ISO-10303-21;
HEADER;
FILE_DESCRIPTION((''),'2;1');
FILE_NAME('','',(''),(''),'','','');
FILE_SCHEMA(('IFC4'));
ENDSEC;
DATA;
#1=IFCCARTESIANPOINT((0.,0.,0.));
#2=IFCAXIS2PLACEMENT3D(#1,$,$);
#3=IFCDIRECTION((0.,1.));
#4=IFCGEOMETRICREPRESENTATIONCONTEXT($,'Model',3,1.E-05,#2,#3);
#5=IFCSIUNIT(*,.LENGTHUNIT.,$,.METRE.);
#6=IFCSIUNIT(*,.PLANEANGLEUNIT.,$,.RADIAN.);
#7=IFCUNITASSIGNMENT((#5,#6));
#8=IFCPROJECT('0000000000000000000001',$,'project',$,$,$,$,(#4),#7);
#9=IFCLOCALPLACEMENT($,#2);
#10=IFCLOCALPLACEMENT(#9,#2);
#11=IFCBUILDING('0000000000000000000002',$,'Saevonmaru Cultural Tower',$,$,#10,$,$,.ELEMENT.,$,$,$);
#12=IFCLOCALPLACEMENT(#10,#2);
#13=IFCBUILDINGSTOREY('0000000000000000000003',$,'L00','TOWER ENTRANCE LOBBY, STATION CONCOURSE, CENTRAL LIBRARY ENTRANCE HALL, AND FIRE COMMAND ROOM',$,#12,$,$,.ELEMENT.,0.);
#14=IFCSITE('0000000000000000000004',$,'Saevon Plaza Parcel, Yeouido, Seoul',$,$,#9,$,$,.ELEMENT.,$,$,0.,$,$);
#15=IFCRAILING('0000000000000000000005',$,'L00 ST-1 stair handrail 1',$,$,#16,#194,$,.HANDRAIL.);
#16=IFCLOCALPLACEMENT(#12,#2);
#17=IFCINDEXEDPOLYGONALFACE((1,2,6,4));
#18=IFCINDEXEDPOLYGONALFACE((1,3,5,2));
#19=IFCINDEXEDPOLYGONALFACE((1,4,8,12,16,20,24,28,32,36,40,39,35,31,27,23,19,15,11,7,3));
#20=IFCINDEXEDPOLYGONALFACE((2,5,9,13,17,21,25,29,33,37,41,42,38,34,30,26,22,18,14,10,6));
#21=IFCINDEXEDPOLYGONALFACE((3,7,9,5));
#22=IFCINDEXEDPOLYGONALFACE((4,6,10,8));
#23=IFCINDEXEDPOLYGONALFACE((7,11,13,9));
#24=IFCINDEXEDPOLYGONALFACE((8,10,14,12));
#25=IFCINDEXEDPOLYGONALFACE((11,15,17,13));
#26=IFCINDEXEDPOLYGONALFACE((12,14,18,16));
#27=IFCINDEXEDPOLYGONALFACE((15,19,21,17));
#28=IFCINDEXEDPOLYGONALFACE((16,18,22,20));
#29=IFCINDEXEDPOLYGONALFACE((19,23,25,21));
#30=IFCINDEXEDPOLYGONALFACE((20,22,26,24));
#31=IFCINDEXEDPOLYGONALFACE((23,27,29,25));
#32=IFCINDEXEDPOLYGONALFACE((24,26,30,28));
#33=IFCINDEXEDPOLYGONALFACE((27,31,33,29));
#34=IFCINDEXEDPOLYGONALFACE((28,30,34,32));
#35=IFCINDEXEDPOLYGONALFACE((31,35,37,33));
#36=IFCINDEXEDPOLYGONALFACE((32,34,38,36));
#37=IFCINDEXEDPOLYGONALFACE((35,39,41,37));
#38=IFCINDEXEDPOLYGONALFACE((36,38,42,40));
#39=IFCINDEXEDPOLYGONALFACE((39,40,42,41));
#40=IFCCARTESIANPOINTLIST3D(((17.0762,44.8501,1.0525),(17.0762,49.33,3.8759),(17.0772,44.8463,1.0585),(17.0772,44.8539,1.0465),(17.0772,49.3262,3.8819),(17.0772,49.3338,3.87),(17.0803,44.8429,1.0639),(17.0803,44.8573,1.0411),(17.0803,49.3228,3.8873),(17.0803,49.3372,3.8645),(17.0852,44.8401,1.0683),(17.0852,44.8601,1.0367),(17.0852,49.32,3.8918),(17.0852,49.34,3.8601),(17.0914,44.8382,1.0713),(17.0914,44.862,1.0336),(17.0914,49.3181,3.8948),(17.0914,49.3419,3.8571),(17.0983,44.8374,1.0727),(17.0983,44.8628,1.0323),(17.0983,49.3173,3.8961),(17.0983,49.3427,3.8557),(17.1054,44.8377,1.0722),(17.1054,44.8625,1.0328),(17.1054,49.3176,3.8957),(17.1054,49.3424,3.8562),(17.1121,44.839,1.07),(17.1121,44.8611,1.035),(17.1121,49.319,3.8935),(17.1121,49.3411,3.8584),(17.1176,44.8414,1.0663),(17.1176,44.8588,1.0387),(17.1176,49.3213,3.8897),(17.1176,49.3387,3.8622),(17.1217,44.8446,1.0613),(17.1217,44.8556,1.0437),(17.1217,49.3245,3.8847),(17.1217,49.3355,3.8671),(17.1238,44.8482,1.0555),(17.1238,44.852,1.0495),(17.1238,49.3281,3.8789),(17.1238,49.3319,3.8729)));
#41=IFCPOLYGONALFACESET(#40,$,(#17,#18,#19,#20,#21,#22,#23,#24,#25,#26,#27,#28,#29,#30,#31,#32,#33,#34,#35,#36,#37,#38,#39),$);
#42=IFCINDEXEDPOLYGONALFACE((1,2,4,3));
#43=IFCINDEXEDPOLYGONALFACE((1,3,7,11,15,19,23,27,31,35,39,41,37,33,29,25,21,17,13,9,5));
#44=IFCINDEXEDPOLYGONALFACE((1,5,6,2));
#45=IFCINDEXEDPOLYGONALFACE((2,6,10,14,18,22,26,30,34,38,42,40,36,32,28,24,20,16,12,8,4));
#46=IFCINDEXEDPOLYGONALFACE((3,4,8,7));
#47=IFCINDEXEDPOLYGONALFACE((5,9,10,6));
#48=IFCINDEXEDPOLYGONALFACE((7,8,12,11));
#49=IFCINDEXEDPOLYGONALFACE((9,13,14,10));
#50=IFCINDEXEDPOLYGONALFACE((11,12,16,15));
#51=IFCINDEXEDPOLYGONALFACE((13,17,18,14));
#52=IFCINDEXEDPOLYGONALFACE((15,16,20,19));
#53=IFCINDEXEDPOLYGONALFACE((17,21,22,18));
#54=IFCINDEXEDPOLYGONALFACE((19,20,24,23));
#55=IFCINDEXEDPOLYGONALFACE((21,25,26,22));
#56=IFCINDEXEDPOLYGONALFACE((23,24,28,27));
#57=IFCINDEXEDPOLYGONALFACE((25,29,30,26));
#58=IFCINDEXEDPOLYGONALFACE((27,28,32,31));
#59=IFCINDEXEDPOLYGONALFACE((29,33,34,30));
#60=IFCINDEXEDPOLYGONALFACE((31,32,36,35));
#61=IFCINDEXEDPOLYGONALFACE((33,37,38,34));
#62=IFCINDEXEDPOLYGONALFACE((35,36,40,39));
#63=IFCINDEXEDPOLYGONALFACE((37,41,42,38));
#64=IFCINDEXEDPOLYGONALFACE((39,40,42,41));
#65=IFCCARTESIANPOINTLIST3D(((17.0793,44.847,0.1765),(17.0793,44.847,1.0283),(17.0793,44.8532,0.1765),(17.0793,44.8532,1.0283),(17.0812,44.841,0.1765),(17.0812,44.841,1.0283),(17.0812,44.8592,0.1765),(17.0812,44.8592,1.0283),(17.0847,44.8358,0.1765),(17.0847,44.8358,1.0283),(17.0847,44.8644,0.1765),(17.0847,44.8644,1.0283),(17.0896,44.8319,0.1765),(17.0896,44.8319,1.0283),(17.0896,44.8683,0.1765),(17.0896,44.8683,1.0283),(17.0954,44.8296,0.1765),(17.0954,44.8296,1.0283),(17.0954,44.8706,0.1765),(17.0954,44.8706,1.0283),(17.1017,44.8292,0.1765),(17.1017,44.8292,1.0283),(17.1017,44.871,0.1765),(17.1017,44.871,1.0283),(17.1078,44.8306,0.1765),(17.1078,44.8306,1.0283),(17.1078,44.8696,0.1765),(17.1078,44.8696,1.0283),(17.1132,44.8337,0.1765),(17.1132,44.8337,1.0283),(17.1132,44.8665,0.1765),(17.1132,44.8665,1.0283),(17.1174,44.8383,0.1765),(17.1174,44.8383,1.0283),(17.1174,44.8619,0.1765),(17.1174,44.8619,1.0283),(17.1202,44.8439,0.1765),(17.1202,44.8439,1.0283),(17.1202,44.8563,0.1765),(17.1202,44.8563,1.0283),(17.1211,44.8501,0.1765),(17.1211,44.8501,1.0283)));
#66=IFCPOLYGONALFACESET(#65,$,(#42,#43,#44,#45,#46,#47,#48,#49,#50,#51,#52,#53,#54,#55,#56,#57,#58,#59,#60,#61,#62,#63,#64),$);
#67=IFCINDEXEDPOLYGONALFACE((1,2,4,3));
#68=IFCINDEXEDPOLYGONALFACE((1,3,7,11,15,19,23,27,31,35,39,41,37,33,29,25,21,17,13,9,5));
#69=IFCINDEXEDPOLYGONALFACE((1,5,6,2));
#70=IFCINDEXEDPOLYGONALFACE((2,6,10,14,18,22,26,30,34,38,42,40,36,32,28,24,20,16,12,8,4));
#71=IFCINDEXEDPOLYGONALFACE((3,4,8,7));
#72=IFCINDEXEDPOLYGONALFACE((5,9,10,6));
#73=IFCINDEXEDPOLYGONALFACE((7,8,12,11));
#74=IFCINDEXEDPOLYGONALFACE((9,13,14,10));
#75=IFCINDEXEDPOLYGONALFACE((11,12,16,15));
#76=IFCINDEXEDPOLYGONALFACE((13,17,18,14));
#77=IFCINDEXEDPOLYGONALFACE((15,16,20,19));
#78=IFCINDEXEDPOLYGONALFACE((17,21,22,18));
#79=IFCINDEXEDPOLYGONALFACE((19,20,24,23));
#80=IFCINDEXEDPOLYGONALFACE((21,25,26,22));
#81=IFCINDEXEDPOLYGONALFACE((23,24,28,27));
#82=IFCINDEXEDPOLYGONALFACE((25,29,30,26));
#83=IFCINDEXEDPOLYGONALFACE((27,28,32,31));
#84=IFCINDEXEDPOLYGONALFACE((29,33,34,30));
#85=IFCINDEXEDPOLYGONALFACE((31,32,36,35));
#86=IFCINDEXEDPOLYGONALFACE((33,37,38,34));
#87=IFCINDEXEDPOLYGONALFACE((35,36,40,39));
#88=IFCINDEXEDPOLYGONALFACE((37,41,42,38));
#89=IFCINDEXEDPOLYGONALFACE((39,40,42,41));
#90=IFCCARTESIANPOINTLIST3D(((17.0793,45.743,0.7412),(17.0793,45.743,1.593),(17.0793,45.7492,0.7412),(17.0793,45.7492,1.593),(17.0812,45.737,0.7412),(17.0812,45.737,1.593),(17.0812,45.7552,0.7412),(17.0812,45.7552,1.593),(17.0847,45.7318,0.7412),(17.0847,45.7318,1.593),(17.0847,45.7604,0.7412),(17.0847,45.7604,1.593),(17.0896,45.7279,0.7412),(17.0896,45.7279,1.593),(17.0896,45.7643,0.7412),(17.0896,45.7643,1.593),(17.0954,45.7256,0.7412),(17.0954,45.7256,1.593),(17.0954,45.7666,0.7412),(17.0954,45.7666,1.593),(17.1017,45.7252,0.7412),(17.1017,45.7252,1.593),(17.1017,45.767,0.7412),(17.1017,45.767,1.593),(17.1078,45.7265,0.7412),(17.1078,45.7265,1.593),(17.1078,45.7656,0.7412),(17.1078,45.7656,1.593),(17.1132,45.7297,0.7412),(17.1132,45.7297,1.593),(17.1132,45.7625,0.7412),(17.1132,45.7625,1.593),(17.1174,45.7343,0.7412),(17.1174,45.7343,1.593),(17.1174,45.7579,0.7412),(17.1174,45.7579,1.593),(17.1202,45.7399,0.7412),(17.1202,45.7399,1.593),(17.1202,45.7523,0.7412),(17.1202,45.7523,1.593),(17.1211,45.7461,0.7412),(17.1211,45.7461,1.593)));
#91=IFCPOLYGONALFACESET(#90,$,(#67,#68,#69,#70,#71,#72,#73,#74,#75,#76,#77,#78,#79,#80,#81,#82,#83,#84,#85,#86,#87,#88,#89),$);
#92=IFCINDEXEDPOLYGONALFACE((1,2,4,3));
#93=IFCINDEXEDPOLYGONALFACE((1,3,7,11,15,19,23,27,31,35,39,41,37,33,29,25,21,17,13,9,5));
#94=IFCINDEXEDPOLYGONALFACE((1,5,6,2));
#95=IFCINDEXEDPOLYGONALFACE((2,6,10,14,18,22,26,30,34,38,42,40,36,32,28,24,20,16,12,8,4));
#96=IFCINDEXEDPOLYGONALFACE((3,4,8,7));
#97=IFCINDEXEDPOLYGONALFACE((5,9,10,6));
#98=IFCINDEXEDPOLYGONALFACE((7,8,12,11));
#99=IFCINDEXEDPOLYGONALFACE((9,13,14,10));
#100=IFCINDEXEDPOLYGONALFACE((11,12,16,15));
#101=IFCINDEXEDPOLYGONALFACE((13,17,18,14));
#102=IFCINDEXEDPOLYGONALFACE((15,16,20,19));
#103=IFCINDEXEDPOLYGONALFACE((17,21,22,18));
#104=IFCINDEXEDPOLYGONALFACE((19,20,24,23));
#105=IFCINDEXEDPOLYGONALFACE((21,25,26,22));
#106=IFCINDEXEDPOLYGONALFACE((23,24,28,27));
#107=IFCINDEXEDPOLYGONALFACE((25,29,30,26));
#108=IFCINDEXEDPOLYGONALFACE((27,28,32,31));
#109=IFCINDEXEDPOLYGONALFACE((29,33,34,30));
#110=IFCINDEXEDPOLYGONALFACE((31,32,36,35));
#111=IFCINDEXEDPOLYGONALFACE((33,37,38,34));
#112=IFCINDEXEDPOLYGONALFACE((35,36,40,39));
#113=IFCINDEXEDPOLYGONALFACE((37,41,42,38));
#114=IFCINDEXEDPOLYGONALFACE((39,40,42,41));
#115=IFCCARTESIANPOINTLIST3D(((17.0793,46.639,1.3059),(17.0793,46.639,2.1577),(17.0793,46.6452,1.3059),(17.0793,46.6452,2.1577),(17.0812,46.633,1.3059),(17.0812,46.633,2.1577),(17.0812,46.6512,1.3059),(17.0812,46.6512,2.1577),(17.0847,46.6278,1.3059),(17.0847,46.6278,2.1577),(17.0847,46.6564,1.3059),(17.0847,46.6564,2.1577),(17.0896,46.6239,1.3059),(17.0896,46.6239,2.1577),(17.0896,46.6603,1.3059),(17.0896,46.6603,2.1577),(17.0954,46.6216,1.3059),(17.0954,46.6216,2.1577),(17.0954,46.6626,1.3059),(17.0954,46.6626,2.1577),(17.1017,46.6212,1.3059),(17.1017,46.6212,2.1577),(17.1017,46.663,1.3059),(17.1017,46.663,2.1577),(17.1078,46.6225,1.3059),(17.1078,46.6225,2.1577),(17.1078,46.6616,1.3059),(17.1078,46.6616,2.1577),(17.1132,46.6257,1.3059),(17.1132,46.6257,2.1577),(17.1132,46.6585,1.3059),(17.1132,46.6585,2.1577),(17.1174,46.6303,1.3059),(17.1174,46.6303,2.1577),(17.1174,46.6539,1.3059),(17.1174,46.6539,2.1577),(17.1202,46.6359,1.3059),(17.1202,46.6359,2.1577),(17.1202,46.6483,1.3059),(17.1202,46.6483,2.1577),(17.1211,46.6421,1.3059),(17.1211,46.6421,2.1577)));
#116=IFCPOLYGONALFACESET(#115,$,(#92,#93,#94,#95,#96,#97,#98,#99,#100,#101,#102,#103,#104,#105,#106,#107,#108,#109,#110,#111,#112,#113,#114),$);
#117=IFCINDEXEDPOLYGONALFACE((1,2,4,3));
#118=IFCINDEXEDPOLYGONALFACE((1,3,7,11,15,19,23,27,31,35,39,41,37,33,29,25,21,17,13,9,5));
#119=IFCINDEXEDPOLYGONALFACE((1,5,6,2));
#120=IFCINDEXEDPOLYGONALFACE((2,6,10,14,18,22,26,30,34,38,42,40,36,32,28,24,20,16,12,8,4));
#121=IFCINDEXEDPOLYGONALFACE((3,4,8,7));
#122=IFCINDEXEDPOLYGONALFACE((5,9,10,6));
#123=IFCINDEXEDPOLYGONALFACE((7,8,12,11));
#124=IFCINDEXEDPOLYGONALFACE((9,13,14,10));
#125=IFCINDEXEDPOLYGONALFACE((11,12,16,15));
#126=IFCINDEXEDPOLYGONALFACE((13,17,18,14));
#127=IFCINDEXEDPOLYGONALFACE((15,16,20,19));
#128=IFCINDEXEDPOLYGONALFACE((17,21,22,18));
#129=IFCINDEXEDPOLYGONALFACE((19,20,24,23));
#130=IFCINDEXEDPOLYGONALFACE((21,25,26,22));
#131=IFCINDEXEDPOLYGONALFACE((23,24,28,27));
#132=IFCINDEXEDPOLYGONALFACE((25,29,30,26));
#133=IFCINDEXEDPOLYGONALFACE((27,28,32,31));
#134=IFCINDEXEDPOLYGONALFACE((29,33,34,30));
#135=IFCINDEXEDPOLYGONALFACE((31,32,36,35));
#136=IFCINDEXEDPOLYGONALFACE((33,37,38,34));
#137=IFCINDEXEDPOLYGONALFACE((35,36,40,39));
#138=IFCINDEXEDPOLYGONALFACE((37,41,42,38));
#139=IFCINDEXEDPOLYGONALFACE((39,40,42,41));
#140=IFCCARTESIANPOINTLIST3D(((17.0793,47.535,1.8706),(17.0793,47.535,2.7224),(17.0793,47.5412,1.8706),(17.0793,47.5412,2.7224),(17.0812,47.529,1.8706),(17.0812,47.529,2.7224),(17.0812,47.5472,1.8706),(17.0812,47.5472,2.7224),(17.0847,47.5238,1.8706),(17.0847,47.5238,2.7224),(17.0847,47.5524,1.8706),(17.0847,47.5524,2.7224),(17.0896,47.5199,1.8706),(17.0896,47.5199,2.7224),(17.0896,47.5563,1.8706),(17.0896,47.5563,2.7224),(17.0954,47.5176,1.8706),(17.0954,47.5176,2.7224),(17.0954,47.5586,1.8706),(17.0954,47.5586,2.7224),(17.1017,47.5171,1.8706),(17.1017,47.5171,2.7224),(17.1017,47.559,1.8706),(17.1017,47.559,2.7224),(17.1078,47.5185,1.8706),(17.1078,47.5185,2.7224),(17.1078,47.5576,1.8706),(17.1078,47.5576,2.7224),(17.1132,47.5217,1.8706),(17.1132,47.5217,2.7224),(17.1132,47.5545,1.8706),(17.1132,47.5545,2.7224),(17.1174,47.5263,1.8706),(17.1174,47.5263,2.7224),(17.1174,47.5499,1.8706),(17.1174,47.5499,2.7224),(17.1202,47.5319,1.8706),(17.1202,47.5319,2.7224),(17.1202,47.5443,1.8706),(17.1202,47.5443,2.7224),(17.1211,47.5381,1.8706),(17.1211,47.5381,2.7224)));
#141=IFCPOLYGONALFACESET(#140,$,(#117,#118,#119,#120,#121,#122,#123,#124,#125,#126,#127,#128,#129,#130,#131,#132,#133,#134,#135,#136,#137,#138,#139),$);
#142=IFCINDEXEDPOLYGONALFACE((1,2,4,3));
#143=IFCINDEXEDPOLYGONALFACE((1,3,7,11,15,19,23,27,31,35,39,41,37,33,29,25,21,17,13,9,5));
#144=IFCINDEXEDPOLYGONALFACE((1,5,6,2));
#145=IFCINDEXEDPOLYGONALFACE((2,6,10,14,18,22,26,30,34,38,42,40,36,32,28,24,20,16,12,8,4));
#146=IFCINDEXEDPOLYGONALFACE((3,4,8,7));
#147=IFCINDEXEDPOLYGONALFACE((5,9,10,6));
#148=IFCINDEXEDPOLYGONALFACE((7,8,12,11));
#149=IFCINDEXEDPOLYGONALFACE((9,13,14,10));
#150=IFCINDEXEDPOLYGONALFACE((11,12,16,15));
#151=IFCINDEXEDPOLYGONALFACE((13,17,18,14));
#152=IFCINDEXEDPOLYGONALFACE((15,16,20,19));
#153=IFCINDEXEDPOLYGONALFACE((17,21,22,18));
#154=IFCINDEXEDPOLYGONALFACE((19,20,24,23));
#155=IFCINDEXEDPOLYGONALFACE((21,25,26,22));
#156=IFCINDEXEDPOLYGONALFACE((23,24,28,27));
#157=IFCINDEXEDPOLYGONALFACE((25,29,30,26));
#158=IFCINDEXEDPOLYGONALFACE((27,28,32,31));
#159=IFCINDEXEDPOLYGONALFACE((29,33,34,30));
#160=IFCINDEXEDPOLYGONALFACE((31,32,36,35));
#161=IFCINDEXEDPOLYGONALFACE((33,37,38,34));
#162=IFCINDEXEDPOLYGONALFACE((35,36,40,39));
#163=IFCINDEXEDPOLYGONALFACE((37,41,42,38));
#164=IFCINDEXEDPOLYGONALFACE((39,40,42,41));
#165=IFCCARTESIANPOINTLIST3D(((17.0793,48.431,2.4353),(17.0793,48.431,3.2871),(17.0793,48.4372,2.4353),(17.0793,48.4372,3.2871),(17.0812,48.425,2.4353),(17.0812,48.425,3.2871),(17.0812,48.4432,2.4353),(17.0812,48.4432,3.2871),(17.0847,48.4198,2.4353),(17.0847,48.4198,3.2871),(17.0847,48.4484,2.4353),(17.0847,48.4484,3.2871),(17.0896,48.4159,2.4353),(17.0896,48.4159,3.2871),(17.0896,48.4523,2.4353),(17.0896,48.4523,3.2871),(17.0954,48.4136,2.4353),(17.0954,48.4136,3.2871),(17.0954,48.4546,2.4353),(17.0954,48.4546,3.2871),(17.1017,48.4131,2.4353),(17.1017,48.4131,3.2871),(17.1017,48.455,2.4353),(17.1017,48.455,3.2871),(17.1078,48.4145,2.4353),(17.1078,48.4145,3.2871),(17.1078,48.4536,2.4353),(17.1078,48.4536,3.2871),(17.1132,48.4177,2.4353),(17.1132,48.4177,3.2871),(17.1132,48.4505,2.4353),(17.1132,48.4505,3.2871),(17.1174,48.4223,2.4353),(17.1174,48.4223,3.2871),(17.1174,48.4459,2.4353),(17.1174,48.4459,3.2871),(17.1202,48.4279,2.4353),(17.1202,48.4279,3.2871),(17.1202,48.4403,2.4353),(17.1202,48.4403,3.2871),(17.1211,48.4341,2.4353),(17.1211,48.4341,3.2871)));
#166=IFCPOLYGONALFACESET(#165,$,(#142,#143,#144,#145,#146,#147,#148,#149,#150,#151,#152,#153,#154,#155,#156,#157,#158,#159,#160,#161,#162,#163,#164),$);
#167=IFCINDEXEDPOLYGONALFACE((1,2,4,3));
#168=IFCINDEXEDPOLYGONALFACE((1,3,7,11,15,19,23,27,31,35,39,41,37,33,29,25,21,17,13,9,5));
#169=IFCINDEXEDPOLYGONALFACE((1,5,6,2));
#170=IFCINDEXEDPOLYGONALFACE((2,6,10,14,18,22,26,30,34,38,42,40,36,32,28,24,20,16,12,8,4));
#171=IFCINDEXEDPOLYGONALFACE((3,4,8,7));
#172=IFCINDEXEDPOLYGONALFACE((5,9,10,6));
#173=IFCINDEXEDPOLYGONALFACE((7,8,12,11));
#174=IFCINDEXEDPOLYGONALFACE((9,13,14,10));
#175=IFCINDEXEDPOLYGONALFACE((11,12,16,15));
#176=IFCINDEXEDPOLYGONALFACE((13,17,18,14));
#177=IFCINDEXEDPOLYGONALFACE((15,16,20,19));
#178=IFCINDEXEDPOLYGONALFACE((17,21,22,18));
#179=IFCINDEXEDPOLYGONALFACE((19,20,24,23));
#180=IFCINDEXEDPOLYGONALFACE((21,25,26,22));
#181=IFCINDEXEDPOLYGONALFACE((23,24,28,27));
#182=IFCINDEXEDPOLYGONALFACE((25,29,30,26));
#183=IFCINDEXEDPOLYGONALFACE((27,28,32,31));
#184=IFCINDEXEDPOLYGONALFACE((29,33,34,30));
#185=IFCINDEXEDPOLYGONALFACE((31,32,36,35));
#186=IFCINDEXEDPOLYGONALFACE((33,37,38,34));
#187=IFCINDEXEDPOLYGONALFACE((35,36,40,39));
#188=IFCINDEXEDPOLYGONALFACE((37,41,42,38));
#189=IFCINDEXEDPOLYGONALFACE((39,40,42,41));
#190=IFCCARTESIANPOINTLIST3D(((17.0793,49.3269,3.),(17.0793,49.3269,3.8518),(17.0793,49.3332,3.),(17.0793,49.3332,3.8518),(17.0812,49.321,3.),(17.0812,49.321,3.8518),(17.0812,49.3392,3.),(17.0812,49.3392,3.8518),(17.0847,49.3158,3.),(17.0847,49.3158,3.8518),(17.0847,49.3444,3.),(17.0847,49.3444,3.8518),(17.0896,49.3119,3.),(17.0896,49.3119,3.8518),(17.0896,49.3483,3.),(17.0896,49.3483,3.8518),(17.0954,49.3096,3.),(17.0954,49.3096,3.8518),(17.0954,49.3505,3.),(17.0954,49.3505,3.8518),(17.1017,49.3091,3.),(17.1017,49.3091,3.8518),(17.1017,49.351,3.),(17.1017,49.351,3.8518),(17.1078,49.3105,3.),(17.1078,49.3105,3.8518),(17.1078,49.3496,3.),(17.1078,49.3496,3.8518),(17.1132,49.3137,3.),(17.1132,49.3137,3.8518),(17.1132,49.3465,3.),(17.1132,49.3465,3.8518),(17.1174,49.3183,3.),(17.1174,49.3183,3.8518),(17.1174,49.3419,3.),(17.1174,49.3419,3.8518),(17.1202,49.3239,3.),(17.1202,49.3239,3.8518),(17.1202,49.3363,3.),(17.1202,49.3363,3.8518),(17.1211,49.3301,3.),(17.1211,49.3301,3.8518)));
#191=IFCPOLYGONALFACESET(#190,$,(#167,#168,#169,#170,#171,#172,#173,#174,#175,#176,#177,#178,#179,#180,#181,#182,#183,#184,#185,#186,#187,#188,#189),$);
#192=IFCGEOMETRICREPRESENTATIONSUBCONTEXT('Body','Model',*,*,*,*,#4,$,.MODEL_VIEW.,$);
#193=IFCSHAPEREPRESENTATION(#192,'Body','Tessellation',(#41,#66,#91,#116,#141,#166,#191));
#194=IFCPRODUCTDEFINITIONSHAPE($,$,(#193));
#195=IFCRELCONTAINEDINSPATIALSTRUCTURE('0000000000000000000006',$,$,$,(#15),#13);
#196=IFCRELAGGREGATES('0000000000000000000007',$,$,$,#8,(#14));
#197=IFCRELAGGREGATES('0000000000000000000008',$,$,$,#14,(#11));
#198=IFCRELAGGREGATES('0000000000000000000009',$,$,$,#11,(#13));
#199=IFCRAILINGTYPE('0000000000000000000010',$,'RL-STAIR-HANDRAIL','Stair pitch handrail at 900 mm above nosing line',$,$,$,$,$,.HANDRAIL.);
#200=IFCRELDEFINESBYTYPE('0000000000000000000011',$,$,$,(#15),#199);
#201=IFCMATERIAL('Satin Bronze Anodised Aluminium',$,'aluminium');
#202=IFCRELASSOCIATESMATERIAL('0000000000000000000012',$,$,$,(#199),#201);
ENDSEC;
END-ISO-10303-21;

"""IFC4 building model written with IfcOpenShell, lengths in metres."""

from ifc_helpers import new_model, si_unit, direction, frame, origin, origin_2d, place, context, subcontext, project, spatial, circle, extrude, material, type_object, element, save


model = new_model("IFC4")

# Units and contexts
model_context = context("Model", 3, precision=1e-05, world=origin(), true_north=direction((0.0, 1.0)))
body_context = subcontext(model_context, "Body", "Model", "MODEL_VIEW")
ifc_project = project(units=[si_unit("LENGTHUNIT", "METRE"), si_unit("PLANEANGLEUNIT", "RADIAN")], contexts=[model_context])

# Site, building, storey
site_placement = place(None, origin())
site = spatial("IfcSite", under=ifc_project, at=site_placement, Name="Saevon Plaza Parcel, Yeouido, Seoul", CompositionType="ELEMENT", RefElevation=0.0)
building_placement = place(site_placement, origin())
building = spatial("IfcBuilding", under=site, at=building_placement, Name="Saevonmaru Cultural Tower", CompositionType="ELEMENT")
storey_placement = place(building_placement, origin())
storey = spatial("IfcBuildingStorey", under=building, at=storey_placement, Name="L00", Description="TOWER ENTRANCE LOBBY, STATION CONCOURSE, CENTRAL LIBRARY ENTRANCE HALL, AND FIRE COMMAND ROOM", CompositionType="ELEMENT", Elevation=0.0)

# Shared definitions
ifc_material_1 = material(Name="Satin Bronze Anodised Aluminium", Category="aluminium")

# Railing
railing_type_1 = type_object("IfcRailingType", Name="RL-STAIR-HANDRAIL", Description="Stair pitch handrail at 900 mm above nosing line", PredefinedType="HANDRAIL", material=ifc_material_1)
railing_1_placement = place(storey_placement, frame((17.1001, 44.8501, 0.1765)))
element("IfcRailing", 1, at=railing_1_placement, inside=storey, type_object=railing_type_1, Name="L00 ST-1 stair handrail 1", PredefinedType="HANDRAIL", context=body_context, shape_type="SweptSolid", body=[
    extrude(circle(Radius=0.0239, at=origin_2d()), frame((0.0, 0.0, 0.876), z_axis=(0.0, 0.845998, 0.533186), x_axis=(-1.0, 0.0, 0.0)), (0.0, 0.0, 1.0), 5.2954),
    extrude(circle(Radius=0.021, at=origin_2d()), origin(), (0.0, 0.0, 1.0), 0.8518),
    extrude(circle(Radius=0.021, at=origin_2d()), frame((0.0, 0.896, 0.5647)), (0.0, 0.0, 1.0), 0.8518),
    extrude(circle(Radius=0.021, at=origin_2d()), frame((0.0, 1.792, 1.1294)), (0.0, 0.0, 1.0), 0.8518),
    extrude(circle(Radius=0.021, at=origin_2d()), frame((0.0, 2.688, 1.6941)), (0.0, 0.0, 1.0), 0.8518),
    extrude(circle(Radius=0.021, at=origin_2d()), frame((0.0, 3.584, 2.2588)), (0.0, 0.0, 1.0), 0.8518),
    extrude(circle(Radius=0.021, at=origin_2d()), frame((0.0, 4.48, 2.8235)), (0.0, 0.0, 1.0), 0.8518),
])

save(model, "model.ifc")
